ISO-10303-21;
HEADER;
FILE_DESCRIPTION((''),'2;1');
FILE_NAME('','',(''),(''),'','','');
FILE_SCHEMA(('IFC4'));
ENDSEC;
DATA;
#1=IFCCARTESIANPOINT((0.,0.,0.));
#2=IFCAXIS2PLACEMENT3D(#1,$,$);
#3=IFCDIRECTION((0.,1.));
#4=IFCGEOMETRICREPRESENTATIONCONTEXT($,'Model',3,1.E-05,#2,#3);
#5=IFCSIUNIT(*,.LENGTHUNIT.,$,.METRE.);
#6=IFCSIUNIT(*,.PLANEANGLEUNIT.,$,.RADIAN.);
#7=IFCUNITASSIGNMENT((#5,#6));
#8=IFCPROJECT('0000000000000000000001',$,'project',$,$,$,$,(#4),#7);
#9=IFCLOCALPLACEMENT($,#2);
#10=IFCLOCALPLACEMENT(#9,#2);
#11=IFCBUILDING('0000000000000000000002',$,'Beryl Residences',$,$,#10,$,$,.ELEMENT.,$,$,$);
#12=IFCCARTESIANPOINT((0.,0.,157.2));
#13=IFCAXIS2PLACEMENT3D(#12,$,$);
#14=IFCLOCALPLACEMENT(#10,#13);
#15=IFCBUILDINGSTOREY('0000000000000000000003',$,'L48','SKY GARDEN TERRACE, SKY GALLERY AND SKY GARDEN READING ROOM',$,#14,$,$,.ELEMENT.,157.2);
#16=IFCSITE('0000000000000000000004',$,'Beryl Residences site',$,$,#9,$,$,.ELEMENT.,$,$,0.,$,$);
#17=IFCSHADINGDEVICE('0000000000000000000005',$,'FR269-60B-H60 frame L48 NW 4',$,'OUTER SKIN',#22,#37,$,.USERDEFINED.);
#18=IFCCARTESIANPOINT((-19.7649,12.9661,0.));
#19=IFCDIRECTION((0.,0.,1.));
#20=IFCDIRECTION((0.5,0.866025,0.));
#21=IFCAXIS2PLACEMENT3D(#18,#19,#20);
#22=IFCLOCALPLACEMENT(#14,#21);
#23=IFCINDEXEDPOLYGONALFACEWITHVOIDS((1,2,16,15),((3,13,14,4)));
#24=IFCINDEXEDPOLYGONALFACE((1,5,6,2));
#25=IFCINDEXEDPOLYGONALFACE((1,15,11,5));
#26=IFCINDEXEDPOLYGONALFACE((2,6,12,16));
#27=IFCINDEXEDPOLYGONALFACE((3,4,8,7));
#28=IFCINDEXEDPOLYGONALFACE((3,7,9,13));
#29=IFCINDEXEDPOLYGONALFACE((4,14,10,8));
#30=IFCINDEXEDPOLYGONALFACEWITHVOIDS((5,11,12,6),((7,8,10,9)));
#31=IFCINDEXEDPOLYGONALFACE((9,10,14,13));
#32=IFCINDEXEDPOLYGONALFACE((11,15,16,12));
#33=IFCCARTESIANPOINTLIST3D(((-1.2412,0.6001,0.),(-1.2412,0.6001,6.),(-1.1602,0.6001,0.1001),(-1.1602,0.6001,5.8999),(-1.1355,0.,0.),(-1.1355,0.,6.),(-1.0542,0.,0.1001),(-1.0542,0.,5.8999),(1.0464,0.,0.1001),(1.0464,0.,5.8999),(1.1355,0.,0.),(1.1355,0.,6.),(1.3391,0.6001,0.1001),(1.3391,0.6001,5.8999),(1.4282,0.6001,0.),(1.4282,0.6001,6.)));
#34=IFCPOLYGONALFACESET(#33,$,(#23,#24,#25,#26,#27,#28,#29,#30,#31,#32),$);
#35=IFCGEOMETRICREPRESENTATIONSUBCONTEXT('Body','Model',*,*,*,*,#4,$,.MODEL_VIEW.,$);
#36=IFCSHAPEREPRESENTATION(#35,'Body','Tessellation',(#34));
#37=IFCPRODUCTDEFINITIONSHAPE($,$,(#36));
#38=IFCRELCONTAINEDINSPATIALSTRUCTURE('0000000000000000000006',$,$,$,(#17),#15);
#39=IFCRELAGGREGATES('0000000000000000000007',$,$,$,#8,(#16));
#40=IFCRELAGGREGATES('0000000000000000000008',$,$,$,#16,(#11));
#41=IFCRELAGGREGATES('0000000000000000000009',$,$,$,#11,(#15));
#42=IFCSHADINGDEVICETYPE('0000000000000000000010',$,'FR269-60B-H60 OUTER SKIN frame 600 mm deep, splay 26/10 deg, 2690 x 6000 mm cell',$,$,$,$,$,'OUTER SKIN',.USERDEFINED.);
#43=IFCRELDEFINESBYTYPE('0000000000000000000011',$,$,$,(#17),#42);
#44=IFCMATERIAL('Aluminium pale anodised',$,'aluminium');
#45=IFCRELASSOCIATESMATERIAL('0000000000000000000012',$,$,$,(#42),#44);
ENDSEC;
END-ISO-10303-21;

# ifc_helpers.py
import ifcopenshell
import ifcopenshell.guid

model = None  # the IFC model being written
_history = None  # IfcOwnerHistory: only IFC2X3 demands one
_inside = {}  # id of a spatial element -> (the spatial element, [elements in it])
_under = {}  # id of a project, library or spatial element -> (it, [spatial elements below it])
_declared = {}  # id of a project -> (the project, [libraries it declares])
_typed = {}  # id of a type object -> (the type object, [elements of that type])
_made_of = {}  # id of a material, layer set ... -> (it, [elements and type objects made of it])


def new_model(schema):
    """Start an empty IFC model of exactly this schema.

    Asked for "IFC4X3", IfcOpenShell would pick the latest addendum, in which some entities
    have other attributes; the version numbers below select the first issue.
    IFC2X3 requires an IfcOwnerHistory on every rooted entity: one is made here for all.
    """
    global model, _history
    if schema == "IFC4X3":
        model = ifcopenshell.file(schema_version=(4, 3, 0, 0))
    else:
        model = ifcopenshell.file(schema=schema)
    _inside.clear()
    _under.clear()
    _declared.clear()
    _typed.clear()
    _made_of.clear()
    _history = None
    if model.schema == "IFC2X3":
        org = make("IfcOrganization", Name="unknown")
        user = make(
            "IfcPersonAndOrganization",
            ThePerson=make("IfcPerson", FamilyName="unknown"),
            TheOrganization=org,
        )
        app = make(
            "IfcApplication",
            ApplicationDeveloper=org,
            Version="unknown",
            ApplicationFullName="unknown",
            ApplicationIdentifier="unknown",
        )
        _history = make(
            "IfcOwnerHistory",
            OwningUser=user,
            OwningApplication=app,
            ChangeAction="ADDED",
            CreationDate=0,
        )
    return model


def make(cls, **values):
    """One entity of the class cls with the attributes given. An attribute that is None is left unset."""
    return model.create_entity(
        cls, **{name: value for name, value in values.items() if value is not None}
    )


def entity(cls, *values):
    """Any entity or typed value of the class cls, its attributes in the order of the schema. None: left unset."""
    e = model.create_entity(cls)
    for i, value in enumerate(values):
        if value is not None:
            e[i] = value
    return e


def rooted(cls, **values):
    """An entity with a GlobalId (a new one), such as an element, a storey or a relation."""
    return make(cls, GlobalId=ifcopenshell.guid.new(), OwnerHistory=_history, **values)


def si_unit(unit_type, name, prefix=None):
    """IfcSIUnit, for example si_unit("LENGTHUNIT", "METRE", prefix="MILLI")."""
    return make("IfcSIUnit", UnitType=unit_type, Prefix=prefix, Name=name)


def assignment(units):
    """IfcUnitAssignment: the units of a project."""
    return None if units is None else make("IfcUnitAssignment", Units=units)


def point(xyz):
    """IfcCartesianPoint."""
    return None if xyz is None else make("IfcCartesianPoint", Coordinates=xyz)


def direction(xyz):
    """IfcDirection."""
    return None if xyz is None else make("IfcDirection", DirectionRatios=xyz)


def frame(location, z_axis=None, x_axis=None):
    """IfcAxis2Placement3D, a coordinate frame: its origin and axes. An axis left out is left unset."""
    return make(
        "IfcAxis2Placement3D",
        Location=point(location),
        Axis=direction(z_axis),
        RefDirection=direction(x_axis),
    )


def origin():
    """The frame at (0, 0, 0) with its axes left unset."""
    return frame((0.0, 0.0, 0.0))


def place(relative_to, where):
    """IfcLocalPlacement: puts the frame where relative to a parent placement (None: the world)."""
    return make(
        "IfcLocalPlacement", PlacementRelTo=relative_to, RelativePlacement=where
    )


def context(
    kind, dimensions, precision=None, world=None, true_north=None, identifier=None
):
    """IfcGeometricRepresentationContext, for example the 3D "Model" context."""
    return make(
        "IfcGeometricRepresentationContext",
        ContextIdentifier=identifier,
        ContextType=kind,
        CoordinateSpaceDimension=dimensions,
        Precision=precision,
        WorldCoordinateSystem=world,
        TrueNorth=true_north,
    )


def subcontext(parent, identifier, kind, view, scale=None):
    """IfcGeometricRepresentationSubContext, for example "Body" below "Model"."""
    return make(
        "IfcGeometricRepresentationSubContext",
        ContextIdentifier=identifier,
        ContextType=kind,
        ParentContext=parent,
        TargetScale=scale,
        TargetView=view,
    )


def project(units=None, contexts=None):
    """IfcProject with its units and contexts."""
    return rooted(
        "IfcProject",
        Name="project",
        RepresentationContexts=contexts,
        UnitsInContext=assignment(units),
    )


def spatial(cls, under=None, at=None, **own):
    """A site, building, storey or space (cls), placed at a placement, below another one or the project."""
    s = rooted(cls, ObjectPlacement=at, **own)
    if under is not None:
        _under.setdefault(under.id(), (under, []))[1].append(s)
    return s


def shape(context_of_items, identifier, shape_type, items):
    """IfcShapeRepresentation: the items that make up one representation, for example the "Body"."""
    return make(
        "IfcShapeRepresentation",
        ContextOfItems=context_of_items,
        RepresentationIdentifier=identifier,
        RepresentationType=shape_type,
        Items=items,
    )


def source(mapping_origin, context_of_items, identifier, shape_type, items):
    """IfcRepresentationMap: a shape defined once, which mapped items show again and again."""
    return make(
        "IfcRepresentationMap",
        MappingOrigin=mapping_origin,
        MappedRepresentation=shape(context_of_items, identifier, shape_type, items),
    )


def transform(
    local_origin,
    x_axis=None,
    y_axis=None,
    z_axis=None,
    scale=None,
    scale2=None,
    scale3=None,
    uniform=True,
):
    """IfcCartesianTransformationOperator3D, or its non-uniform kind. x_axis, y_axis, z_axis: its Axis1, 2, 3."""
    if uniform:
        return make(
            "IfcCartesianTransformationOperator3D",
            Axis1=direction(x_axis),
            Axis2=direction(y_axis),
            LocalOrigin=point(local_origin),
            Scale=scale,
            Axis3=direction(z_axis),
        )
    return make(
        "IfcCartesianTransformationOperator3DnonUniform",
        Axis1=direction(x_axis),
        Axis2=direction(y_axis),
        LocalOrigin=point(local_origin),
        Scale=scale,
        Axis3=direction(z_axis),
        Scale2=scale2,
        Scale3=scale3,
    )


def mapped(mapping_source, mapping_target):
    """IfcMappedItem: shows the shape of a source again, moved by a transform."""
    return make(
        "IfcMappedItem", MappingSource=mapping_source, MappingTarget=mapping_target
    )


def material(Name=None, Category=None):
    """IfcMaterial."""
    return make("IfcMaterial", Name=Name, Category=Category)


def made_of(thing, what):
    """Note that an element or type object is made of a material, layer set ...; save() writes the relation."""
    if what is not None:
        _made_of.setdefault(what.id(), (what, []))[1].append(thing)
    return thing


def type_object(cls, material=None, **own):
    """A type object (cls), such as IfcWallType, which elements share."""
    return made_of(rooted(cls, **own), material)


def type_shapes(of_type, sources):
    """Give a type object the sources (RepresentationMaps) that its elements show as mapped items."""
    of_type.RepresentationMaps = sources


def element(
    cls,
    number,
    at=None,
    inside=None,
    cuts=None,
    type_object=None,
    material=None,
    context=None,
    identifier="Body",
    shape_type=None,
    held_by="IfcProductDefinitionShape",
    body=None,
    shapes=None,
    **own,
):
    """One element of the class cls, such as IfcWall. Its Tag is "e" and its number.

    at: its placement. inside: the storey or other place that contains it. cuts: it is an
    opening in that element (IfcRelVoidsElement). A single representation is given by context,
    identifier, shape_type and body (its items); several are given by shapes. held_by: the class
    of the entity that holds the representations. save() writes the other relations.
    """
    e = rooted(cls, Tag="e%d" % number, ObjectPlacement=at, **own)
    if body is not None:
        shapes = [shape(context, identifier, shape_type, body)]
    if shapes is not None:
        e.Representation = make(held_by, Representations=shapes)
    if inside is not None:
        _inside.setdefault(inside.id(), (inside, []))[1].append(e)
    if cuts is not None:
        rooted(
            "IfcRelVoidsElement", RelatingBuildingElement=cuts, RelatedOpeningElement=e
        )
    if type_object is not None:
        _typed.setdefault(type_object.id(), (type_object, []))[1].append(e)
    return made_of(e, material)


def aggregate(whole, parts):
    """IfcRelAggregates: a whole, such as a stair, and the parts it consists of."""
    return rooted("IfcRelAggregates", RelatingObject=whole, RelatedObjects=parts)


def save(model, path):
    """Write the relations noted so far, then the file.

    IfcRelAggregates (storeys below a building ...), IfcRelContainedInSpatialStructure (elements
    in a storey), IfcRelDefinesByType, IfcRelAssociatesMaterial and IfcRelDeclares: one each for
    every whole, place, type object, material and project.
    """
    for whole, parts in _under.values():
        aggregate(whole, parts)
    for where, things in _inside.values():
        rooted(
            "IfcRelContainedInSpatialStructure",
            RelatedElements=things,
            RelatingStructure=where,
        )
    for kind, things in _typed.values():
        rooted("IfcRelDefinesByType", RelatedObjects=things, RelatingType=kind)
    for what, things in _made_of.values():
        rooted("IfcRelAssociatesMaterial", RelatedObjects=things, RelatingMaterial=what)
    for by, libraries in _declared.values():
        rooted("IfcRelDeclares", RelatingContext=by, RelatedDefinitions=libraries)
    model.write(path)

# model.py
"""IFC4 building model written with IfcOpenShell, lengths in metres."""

from ifc_helpers import new_model, entity, si_unit, direction, frame, origin, place, context, subcontext, project, spatial, source, transform, mapped, material, type_object, type_shapes, element, save


model = new_model("IFC4")

# Units and contexts
model_context = context("Model", 3, precision=1e-05, world=origin(), true_north=direction((0.0, 1.0)))
body_context = subcontext(model_context, "Body", "Model", "MODEL_VIEW")
ifc_project = project(units=[si_unit("LENGTHUNIT", "METRE"), si_unit("PLANEANGLEUNIT", "RADIAN")], contexts=[model_context])

# Site, building, storey
site_placement = place(None, origin())
site = spatial("IfcSite", under=ifc_project, at=site_placement, Name="Beryl Residences site", CompositionType="ELEMENT", RefElevation=0.0)
building_placement = place(site_placement, origin())
building = spatial("IfcBuilding", under=site, at=building_placement, Name="Beryl Residences", CompositionType="ELEMENT")
storey_placement = place(building_placement, frame((0.0, 0.0, 157.2)))
storey = spatial("IfcBuildingStorey", under=building, at=storey_placement, Name="L48", Description="SKY GARDEN TERRACE, SKY GALLERY AND SKY GARDEN READING ROOM", CompositionType="ELEMENT", Elevation=157.2)

# Shading device
ifc_material_1 = material(Name="Aluminium pale anodised", Category="aluminium")
shading_device_type = type_object("IfcShadingDeviceType", Name="FR269-60B-H60 OUTER SKIN frame 600 mm deep, splay 26/10 deg, 2690 x 6000 mm cell", ElementType="OUTER SKIN", PredefinedType="USERDEFINED", material=ifc_material_1)
cartesian_point_1 = entity("IfcCartesianPoint", [-1.1355, 0.0])
cartesian_point_2 = entity("IfcCartesianPoint", [-1.0464, 0.1001])
cartesian_point_3 = entity("IfcCartesianPoint", [-1.4282, 0.0])
cartesian_point_4 = entity("IfcCartesianPoint", [-1.3391, 0.1001])
shared_shape = source(origin(), body_context, "Body", "SweptSolid", [
    entity("IfcExtrudedAreaSolidTapered", entity("IfcArbitraryProfileDefWithVoids", "AREA", None, entity("IfcPolyline", [cartesian_point_1, entity("IfcCartesianPoint", [1.1355, 0.0]), entity("IfcCartesianPoint", [1.1355, 6.0]), entity("IfcCartesianPoint", [-1.1355, 6.0]), cartesian_point_1]), [entity("IfcPolyline", [cartesian_point_2, entity("IfcCartesianPoint", [1.0542, 0.1001]), entity("IfcCartesianPoint", [1.0542, 5.8999]), entity("IfcCartesianPoint", [-1.0464, 5.8999]), cartesian_point_2])]), entity("IfcAxis2Placement3D", entity("IfcCartesianPoint", [0.0, 0.0, 0.0]), entity("IfcDirection", [0.0, 1.0, 0.0]), entity("IfcDirection", [-1.0, 0.0, 0.0])), entity("IfcDirection", [0.0, 0.0, 1.0]), 0.6001, entity("IfcArbitraryProfileDefWithVoids", "AREA", None, entity("IfcPolyline", [cartesian_point_3, entity("IfcCartesianPoint", [1.2412, 0.0]), entity("IfcCartesianPoint", [1.2412, 6.0]), entity("IfcCartesianPoint", [-1.4282, 6.0]), cartesian_point_3]), [entity("IfcPolyline", [cartesian_point_4, entity("IfcCartesianPoint", [1.1602, 0.1001]), entity("IfcCartesianPoint", [1.1602, 5.8999]), entity("IfcCartesianPoint", [-1.3391, 5.8999]), cartesian_point_4])])),
])
type_shapes(shading_device_type, [shared_shape])
shading_device_placement = place(storey_placement, frame((-19.7649, 12.9661, 0.0), z_axis=(0.0, 0.0, 1.0), x_axis=(0.5, 0.866025, 0.0)))
element("IfcShadingDevice", 1, at=shading_device_placement, inside=storey, type_object=shading_device_type, Name="FR269-60B-H60 frame L48 NW 4", ObjectType="OUTER SKIN", PredefinedType="USERDEFINED", context=body_context, shape_type="MappedRepresentation", body=[
    mapped(shared_shape, transform((0.0, 0.0, 0.0))),
])

save(model, "model.ifc")
